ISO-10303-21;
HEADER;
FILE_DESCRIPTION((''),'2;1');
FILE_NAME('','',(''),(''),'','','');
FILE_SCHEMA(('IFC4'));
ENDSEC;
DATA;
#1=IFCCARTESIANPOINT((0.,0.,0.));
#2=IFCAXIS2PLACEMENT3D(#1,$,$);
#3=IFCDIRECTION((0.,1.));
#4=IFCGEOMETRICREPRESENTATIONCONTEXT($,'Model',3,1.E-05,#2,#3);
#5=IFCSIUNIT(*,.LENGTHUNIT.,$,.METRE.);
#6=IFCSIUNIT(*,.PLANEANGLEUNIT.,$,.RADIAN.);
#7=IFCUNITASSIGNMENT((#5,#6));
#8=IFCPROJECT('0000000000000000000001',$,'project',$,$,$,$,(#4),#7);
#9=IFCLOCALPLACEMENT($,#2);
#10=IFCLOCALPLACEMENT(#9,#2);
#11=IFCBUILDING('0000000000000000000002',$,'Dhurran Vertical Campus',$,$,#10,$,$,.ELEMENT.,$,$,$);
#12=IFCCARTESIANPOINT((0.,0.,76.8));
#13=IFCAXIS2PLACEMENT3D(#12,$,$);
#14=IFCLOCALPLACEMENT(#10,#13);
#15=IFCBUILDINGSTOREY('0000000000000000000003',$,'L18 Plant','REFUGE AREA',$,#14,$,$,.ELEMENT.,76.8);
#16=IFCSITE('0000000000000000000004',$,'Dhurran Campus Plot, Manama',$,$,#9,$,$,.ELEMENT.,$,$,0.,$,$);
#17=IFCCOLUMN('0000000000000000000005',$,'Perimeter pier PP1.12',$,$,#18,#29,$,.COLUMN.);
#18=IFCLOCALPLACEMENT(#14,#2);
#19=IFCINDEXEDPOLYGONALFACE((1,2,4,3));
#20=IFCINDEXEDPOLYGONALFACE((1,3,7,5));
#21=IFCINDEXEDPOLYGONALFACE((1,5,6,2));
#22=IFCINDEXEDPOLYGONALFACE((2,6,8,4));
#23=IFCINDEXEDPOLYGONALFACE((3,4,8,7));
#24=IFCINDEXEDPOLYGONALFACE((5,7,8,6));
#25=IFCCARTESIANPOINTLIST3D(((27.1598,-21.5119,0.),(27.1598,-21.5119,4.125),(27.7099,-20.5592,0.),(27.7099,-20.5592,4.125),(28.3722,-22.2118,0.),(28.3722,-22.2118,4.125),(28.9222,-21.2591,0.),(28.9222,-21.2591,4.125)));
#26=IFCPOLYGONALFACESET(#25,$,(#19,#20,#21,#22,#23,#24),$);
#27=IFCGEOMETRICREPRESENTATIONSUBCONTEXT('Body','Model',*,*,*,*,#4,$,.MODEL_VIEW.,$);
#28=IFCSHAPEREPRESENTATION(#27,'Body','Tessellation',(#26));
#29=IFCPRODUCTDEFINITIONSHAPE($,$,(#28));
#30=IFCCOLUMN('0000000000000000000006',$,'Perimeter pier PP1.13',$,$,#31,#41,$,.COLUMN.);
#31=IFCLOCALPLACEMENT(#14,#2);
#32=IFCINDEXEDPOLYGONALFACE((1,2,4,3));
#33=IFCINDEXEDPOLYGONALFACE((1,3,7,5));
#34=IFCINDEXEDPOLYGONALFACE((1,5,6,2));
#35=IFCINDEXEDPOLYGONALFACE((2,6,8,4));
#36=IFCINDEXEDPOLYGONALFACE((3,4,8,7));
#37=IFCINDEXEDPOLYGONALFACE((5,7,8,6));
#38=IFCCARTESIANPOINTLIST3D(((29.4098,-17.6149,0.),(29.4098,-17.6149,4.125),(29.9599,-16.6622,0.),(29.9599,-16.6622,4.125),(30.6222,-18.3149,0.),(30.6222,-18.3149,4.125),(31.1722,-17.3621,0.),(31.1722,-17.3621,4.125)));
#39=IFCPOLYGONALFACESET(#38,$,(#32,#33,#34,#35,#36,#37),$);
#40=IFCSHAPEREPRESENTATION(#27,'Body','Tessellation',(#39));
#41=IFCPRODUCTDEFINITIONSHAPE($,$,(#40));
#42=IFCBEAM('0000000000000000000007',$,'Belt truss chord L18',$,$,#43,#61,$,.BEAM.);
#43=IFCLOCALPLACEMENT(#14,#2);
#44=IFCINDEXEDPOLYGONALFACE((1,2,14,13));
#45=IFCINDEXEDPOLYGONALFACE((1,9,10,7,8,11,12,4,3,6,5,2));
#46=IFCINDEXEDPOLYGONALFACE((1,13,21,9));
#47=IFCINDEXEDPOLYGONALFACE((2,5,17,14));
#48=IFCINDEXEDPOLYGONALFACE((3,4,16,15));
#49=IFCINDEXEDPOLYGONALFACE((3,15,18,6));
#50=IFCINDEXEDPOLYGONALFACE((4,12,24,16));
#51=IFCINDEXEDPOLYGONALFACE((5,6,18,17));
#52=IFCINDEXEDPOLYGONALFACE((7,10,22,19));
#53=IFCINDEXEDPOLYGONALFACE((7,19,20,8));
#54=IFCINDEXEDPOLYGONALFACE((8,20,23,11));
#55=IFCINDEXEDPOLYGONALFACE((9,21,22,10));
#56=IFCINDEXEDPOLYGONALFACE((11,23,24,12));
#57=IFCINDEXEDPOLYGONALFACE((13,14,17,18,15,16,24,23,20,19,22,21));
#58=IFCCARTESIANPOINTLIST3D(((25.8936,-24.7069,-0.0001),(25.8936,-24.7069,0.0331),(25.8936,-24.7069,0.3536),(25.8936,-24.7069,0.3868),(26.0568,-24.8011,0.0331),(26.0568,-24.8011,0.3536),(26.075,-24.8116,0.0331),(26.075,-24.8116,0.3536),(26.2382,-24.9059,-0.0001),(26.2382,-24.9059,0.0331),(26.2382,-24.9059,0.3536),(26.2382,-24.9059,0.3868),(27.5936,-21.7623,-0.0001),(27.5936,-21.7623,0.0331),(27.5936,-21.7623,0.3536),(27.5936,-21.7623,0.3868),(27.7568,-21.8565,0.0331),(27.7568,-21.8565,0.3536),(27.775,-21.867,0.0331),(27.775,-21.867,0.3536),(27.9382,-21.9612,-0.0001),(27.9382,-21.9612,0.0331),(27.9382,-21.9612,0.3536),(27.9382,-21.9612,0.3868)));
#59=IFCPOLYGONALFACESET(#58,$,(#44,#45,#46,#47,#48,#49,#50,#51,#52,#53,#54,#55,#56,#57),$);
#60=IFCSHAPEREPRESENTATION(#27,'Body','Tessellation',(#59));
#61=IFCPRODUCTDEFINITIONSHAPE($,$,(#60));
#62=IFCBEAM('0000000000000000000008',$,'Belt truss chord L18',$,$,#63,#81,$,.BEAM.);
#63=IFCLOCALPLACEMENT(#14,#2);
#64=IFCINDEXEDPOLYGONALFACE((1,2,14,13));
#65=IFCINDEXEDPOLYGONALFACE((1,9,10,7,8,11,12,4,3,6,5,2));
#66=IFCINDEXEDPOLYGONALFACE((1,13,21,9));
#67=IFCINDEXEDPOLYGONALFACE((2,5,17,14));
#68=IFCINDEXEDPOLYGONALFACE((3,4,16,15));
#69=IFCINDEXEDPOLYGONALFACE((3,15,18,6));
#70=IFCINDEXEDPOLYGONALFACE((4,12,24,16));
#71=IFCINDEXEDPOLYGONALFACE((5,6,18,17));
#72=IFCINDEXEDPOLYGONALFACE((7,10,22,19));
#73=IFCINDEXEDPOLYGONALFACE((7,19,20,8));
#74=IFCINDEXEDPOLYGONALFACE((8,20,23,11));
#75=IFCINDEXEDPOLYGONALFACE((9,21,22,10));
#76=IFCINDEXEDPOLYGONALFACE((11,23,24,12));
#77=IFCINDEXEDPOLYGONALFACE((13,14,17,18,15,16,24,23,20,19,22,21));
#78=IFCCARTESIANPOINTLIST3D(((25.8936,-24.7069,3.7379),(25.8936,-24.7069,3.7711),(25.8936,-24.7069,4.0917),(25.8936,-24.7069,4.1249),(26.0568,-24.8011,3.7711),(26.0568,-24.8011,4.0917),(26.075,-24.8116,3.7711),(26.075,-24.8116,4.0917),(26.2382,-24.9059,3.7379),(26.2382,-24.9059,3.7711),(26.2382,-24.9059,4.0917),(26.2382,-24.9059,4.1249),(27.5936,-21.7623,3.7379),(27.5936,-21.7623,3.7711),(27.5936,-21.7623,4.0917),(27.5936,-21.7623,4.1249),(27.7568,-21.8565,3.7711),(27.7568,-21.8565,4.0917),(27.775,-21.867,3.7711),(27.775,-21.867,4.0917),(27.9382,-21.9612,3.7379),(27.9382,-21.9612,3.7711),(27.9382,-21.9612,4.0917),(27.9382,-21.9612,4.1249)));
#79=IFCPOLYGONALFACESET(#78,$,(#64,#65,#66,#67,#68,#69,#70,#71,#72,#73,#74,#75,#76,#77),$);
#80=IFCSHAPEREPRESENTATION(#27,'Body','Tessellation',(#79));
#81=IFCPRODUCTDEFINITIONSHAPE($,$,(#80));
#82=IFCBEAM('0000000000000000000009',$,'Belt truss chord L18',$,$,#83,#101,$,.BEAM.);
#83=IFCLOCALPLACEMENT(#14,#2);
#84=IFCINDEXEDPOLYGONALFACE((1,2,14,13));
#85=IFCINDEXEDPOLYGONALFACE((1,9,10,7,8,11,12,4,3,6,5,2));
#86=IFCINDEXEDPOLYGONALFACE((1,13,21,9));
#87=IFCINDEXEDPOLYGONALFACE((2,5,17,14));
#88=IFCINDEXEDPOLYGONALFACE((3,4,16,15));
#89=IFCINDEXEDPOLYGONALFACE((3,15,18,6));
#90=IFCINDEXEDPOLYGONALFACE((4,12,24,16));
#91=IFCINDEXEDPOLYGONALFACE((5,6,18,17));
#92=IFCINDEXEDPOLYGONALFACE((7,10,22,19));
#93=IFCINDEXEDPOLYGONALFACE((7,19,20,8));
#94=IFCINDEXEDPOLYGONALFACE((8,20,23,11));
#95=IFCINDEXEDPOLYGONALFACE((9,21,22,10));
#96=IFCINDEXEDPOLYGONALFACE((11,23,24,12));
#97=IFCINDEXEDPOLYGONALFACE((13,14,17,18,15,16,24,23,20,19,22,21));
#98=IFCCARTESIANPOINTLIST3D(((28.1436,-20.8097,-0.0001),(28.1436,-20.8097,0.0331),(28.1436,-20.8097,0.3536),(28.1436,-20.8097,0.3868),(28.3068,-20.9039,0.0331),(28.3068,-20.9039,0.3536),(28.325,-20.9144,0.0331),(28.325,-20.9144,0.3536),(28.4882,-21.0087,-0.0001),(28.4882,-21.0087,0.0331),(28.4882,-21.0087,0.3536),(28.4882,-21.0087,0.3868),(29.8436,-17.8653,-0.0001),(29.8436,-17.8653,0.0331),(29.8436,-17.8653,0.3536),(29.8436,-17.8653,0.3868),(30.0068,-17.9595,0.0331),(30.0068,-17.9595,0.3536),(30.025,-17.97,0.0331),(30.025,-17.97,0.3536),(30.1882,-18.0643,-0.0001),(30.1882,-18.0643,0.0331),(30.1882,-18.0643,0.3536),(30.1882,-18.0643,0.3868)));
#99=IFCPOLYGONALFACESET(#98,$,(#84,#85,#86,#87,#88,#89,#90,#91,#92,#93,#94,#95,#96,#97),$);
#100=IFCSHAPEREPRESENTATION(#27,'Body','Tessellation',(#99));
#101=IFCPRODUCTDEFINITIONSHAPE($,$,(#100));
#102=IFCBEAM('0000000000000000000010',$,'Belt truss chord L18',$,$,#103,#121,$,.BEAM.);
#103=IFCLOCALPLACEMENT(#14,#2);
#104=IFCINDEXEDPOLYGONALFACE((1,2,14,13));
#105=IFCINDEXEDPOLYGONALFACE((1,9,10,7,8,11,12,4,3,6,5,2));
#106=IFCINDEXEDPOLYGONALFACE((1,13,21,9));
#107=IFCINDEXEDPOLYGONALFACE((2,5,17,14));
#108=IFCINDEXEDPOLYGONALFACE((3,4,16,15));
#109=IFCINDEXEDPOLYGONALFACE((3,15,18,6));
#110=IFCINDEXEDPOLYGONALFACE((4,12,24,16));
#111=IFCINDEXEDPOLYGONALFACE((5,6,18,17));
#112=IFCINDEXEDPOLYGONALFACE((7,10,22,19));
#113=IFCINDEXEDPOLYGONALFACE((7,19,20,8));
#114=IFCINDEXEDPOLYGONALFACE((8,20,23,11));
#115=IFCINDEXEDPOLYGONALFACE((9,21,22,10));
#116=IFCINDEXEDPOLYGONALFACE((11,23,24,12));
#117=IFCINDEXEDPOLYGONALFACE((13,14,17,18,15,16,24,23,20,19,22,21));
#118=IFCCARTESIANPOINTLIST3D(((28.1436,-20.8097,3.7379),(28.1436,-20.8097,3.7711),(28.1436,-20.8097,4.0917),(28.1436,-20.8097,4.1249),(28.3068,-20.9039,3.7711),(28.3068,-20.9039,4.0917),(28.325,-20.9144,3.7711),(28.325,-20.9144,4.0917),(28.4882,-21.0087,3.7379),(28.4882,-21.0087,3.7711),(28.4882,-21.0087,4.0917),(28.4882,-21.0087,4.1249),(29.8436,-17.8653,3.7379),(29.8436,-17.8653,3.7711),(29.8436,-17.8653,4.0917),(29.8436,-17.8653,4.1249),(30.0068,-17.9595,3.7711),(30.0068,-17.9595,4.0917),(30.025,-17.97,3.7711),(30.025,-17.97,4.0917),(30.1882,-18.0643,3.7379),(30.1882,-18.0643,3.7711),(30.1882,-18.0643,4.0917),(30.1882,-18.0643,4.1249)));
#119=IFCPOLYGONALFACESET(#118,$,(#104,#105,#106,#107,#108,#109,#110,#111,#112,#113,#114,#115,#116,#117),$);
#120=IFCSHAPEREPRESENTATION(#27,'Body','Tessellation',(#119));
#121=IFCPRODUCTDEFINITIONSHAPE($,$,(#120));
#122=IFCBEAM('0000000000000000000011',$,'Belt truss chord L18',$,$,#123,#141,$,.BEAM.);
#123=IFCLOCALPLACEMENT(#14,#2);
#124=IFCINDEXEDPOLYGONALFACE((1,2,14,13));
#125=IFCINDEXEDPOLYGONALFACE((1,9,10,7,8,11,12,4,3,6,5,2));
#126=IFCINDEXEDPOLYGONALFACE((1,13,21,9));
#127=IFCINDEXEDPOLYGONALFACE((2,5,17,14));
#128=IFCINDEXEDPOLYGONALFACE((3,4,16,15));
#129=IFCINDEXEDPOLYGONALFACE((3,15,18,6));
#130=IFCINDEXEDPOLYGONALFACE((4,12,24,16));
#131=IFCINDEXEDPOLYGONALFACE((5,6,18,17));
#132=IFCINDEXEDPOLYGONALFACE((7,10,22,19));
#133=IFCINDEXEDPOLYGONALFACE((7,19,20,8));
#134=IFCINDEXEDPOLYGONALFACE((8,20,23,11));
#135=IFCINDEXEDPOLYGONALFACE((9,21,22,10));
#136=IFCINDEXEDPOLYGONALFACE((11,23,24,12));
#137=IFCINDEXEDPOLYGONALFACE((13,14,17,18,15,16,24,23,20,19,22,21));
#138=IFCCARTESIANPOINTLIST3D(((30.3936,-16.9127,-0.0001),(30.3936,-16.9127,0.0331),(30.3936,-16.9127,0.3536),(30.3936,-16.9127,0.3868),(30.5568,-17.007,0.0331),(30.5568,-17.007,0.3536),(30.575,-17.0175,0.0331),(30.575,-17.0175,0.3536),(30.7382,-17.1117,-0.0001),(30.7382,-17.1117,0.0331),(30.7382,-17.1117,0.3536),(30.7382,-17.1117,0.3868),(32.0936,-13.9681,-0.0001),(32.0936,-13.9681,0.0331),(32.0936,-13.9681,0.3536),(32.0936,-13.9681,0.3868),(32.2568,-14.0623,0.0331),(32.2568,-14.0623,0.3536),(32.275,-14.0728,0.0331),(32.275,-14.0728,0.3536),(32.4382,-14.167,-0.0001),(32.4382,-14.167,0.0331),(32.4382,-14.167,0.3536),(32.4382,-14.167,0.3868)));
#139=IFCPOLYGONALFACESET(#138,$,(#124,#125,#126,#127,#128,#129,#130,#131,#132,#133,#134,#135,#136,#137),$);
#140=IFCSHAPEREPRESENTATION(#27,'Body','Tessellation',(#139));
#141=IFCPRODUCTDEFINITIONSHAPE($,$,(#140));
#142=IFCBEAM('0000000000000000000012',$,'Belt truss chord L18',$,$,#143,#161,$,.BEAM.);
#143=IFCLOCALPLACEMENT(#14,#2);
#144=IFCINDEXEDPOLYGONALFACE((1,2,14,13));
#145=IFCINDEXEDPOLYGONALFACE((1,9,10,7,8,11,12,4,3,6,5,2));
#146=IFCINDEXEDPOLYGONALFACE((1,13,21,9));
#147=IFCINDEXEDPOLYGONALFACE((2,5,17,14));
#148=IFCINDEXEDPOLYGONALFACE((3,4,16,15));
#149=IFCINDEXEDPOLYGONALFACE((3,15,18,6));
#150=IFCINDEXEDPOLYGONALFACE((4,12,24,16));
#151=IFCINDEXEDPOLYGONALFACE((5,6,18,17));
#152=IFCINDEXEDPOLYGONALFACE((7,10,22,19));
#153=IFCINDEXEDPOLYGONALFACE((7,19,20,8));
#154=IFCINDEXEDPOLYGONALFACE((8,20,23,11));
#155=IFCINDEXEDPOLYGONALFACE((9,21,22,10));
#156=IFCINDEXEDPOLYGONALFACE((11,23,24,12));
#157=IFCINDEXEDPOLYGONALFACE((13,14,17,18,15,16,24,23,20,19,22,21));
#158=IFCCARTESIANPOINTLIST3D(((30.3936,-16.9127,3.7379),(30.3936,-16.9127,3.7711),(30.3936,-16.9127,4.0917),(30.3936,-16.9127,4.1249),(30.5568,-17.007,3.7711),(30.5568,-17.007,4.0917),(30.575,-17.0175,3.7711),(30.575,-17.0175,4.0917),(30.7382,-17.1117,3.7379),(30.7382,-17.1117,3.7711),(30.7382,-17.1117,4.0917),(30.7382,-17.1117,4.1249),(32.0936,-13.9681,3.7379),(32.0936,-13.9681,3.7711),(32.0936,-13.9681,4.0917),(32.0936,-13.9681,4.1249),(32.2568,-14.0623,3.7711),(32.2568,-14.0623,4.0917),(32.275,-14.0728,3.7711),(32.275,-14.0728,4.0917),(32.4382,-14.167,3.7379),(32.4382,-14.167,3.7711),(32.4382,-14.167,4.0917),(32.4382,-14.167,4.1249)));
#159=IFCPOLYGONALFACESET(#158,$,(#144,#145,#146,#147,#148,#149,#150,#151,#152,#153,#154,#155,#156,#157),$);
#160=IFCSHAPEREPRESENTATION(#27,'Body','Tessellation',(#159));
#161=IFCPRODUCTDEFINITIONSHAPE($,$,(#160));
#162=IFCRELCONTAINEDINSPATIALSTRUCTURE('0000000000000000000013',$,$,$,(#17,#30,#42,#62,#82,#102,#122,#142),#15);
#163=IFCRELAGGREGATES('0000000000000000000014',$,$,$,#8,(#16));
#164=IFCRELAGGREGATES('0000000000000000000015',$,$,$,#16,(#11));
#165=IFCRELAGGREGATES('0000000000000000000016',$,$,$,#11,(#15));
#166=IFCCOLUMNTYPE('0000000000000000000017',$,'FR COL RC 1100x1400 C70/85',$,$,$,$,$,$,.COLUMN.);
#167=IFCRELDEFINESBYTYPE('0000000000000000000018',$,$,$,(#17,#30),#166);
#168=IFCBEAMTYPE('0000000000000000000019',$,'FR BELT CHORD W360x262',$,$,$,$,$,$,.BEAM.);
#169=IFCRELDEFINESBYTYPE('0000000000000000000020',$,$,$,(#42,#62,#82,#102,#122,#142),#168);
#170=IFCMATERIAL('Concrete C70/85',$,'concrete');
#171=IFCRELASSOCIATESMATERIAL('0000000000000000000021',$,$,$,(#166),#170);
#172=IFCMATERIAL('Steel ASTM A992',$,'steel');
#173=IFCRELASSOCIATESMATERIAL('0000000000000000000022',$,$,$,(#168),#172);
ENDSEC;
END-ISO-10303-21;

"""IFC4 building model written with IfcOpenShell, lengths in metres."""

from ifc_helpers import new_model, si_unit, direction, frame, origin, origin_2d, place, context, subcontext, project, spatial, rectangle, i_section, extrude, material, material_profile, profile_set, type_object, element, save


model = new_model("IFC4")

# Units and contexts
model_context = context("Model", 3, precision=1e-05, world=origin(), true_north=direction((0.0, 1.0)))
body_context = subcontext(model_context, "Body", "Model", "MODEL_VIEW")
ifc_project = project(units=[si_unit("LENGTHUNIT", "METRE"), si_unit("PLANEANGLEUNIT", "RADIAN")], contexts=[model_context])

# Site, building, storey
site_placement = place(None, origin())
site = spatial("IfcSite", under=ifc_project, at=site_placement, Name="Dhurran Campus Plot, Manama", CompositionType="ELEMENT", RefElevation=0.0)
building_placement = place(site_placement, origin())
building = spatial("IfcBuilding", under=site, at=building_placement, Name="Dhurran Vertical Campus", CompositionType="ELEMENT")
storey_placement = place(building_placement, frame((0.0, 0.0, 76.8)))
storey = spatial("IfcBuildingStorey", under=building, at=storey_placement, Name="L18 Plant", Description="REFUGE AREA", CompositionType="ELEMENT", Elevation=76.8)

# Columns
ifc_material_1 = material(Name="Concrete C70/85", Category="concrete")
ifc_material_profile_1 = material_profile(ifc_material_1, rectangle(XDim=1.1001, YDim=1.3999, at=origin_2d()), Name="RC 1100x1400")
ifc_profile_set_1 = profile_set([ifc_material_profile_1], Name="Concrete C70/85")
column_type = type_object("IfcColumnType", Name="FR COL RC 1100x1400 C70/85", PredefinedType="COLUMN", material=ifc_profile_set_1)
for number, where, z_axis, x_axis, name in (
    (1, (28.041, -21.3855, 0.0), (0.0, 0.0, 1.0), (0.5, 0.866025, 0.0), "Perimeter pier PP1.12"),
    (2, (30.291, -17.4885, 0.0), (0.0, 0.0, 1.0), (0.5, 0.866025, 0.0), "Perimeter pier PP1.13"),
):
    element("IfcColumn", number, at=place(storey_placement, frame(where, z_axis=z_axis, x_axis=x_axis)), inside=storey, type_object=column_type, Name=name, PredefinedType="COLUMN", context=body_context, shape_type="SweptSolid", body=[
        extrude(rectangle(XDim=1.1001, YDim=1.3999, at=origin_2d()), origin(), (0.0, 0.0, 1.0), 4.125),
    ])

# Beams
ifc_material_2 = material(Name="Steel ASTM A992", Category="steel")
ifc_material_profile_2 = material_profile(ifc_material_2, i_section(OverallWidth=0.3979, OverallDepth=0.387, WebThickness=0.021, FlangeThickness=0.0332, at=origin_2d()), Name="W360x262")
ifc_profile_set_2 = profile_set([ifc_material_profile_2], Name="Steel ASTM A992")
beam_type = type_object("IfcBeamType", Name="FR BELT CHORD W360x262", PredefinedType="BEAM", material=ifc_profile_set_2)
for number, where, z_axis, x_axis, name in (
    (3, (26.0659, -24.8064, 0.1934), (0.499977, 0.866039, 0.0), (-0.866039, 0.499977, 0.0), "Belt truss chord L18"),
    (4, (26.0659, -24.8064, 3.9314), (0.499977, 0.866039, 0.0), (-0.866039, 0.499977, 0.0), "Belt truss chord L18"),
):
    element("IfcBeam", number, at=place(storey_placement, frame(where, z_axis=z_axis, x_axis=x_axis)), inside=storey, type_object=beam_type, Name=name, PredefinedType="BEAM", context=body_context, shape_type="SweptSolid", body=[
        extrude(i_section(OverallWidth=0.3979, OverallDepth=0.387, WebThickness=0.021, FlangeThickness=0.0332, at=origin_2d()), origin(), (0.0, 0.0, 1.0), 3.4001),
    ])
for number, where, z_axis, x_axis, name in (
    (5, (28.3159, -20.9092, 0.1934), (0.500008, 0.866021, 0.0), (-0.866021, 0.500008, 0.0), "Belt truss chord L18"),
    (6, (28.3159, -20.9092, 3.9314), (0.500008, 0.866021, 0.0), (-0.866021, 0.500008, 0.0), "Belt truss chord L18"),
):
    element("IfcBeam", number, at=place(storey_placement, frame(where, z_axis=z_axis, x_axis=x_axis)), inside=storey, type_object=beam_type, Name=name, PredefinedType="BEAM", context=body_context, shape_type="SweptSolid", body=[
        extrude(i_section(OverallWidth=0.3979, OverallDepth=0.387, WebThickness=0.021, FlangeThickness=0.0332, at=origin_2d()), origin(), (0.0, 0.0, 1.0), 3.3999),
    ])
for number, where, z_axis, x_axis, name in (
    (7, (30.5659, -17.0122, 0.1934), (0.499977, 0.866039, 0.0), (-0.866039, 0.499977, 0.0), "Belt truss chord L18"),
    (8, (30.5659, -17.0122, 3.9314), (0.499977, 0.866039, 0.0), (-0.866039, 0.499977, 0.0), "Belt truss chord L18"),
):
    element("IfcBeam", number, at=place(storey_placement, frame(where, z_axis=z_axis, x_axis=x_axis)), inside=storey, type_object=beam_type, Name=name, PredefinedType="BEAM", context=body_context, shape_type="SweptSolid", body=[
        extrude(i_section(OverallWidth=0.3979, OverallDepth=0.387, WebThickness=0.021, FlangeThickness=0.0332, at=origin_2d()), origin(), (0.0, 0.0, 1.0), 3.4001),
    ])

save(model, "model.ifc")
